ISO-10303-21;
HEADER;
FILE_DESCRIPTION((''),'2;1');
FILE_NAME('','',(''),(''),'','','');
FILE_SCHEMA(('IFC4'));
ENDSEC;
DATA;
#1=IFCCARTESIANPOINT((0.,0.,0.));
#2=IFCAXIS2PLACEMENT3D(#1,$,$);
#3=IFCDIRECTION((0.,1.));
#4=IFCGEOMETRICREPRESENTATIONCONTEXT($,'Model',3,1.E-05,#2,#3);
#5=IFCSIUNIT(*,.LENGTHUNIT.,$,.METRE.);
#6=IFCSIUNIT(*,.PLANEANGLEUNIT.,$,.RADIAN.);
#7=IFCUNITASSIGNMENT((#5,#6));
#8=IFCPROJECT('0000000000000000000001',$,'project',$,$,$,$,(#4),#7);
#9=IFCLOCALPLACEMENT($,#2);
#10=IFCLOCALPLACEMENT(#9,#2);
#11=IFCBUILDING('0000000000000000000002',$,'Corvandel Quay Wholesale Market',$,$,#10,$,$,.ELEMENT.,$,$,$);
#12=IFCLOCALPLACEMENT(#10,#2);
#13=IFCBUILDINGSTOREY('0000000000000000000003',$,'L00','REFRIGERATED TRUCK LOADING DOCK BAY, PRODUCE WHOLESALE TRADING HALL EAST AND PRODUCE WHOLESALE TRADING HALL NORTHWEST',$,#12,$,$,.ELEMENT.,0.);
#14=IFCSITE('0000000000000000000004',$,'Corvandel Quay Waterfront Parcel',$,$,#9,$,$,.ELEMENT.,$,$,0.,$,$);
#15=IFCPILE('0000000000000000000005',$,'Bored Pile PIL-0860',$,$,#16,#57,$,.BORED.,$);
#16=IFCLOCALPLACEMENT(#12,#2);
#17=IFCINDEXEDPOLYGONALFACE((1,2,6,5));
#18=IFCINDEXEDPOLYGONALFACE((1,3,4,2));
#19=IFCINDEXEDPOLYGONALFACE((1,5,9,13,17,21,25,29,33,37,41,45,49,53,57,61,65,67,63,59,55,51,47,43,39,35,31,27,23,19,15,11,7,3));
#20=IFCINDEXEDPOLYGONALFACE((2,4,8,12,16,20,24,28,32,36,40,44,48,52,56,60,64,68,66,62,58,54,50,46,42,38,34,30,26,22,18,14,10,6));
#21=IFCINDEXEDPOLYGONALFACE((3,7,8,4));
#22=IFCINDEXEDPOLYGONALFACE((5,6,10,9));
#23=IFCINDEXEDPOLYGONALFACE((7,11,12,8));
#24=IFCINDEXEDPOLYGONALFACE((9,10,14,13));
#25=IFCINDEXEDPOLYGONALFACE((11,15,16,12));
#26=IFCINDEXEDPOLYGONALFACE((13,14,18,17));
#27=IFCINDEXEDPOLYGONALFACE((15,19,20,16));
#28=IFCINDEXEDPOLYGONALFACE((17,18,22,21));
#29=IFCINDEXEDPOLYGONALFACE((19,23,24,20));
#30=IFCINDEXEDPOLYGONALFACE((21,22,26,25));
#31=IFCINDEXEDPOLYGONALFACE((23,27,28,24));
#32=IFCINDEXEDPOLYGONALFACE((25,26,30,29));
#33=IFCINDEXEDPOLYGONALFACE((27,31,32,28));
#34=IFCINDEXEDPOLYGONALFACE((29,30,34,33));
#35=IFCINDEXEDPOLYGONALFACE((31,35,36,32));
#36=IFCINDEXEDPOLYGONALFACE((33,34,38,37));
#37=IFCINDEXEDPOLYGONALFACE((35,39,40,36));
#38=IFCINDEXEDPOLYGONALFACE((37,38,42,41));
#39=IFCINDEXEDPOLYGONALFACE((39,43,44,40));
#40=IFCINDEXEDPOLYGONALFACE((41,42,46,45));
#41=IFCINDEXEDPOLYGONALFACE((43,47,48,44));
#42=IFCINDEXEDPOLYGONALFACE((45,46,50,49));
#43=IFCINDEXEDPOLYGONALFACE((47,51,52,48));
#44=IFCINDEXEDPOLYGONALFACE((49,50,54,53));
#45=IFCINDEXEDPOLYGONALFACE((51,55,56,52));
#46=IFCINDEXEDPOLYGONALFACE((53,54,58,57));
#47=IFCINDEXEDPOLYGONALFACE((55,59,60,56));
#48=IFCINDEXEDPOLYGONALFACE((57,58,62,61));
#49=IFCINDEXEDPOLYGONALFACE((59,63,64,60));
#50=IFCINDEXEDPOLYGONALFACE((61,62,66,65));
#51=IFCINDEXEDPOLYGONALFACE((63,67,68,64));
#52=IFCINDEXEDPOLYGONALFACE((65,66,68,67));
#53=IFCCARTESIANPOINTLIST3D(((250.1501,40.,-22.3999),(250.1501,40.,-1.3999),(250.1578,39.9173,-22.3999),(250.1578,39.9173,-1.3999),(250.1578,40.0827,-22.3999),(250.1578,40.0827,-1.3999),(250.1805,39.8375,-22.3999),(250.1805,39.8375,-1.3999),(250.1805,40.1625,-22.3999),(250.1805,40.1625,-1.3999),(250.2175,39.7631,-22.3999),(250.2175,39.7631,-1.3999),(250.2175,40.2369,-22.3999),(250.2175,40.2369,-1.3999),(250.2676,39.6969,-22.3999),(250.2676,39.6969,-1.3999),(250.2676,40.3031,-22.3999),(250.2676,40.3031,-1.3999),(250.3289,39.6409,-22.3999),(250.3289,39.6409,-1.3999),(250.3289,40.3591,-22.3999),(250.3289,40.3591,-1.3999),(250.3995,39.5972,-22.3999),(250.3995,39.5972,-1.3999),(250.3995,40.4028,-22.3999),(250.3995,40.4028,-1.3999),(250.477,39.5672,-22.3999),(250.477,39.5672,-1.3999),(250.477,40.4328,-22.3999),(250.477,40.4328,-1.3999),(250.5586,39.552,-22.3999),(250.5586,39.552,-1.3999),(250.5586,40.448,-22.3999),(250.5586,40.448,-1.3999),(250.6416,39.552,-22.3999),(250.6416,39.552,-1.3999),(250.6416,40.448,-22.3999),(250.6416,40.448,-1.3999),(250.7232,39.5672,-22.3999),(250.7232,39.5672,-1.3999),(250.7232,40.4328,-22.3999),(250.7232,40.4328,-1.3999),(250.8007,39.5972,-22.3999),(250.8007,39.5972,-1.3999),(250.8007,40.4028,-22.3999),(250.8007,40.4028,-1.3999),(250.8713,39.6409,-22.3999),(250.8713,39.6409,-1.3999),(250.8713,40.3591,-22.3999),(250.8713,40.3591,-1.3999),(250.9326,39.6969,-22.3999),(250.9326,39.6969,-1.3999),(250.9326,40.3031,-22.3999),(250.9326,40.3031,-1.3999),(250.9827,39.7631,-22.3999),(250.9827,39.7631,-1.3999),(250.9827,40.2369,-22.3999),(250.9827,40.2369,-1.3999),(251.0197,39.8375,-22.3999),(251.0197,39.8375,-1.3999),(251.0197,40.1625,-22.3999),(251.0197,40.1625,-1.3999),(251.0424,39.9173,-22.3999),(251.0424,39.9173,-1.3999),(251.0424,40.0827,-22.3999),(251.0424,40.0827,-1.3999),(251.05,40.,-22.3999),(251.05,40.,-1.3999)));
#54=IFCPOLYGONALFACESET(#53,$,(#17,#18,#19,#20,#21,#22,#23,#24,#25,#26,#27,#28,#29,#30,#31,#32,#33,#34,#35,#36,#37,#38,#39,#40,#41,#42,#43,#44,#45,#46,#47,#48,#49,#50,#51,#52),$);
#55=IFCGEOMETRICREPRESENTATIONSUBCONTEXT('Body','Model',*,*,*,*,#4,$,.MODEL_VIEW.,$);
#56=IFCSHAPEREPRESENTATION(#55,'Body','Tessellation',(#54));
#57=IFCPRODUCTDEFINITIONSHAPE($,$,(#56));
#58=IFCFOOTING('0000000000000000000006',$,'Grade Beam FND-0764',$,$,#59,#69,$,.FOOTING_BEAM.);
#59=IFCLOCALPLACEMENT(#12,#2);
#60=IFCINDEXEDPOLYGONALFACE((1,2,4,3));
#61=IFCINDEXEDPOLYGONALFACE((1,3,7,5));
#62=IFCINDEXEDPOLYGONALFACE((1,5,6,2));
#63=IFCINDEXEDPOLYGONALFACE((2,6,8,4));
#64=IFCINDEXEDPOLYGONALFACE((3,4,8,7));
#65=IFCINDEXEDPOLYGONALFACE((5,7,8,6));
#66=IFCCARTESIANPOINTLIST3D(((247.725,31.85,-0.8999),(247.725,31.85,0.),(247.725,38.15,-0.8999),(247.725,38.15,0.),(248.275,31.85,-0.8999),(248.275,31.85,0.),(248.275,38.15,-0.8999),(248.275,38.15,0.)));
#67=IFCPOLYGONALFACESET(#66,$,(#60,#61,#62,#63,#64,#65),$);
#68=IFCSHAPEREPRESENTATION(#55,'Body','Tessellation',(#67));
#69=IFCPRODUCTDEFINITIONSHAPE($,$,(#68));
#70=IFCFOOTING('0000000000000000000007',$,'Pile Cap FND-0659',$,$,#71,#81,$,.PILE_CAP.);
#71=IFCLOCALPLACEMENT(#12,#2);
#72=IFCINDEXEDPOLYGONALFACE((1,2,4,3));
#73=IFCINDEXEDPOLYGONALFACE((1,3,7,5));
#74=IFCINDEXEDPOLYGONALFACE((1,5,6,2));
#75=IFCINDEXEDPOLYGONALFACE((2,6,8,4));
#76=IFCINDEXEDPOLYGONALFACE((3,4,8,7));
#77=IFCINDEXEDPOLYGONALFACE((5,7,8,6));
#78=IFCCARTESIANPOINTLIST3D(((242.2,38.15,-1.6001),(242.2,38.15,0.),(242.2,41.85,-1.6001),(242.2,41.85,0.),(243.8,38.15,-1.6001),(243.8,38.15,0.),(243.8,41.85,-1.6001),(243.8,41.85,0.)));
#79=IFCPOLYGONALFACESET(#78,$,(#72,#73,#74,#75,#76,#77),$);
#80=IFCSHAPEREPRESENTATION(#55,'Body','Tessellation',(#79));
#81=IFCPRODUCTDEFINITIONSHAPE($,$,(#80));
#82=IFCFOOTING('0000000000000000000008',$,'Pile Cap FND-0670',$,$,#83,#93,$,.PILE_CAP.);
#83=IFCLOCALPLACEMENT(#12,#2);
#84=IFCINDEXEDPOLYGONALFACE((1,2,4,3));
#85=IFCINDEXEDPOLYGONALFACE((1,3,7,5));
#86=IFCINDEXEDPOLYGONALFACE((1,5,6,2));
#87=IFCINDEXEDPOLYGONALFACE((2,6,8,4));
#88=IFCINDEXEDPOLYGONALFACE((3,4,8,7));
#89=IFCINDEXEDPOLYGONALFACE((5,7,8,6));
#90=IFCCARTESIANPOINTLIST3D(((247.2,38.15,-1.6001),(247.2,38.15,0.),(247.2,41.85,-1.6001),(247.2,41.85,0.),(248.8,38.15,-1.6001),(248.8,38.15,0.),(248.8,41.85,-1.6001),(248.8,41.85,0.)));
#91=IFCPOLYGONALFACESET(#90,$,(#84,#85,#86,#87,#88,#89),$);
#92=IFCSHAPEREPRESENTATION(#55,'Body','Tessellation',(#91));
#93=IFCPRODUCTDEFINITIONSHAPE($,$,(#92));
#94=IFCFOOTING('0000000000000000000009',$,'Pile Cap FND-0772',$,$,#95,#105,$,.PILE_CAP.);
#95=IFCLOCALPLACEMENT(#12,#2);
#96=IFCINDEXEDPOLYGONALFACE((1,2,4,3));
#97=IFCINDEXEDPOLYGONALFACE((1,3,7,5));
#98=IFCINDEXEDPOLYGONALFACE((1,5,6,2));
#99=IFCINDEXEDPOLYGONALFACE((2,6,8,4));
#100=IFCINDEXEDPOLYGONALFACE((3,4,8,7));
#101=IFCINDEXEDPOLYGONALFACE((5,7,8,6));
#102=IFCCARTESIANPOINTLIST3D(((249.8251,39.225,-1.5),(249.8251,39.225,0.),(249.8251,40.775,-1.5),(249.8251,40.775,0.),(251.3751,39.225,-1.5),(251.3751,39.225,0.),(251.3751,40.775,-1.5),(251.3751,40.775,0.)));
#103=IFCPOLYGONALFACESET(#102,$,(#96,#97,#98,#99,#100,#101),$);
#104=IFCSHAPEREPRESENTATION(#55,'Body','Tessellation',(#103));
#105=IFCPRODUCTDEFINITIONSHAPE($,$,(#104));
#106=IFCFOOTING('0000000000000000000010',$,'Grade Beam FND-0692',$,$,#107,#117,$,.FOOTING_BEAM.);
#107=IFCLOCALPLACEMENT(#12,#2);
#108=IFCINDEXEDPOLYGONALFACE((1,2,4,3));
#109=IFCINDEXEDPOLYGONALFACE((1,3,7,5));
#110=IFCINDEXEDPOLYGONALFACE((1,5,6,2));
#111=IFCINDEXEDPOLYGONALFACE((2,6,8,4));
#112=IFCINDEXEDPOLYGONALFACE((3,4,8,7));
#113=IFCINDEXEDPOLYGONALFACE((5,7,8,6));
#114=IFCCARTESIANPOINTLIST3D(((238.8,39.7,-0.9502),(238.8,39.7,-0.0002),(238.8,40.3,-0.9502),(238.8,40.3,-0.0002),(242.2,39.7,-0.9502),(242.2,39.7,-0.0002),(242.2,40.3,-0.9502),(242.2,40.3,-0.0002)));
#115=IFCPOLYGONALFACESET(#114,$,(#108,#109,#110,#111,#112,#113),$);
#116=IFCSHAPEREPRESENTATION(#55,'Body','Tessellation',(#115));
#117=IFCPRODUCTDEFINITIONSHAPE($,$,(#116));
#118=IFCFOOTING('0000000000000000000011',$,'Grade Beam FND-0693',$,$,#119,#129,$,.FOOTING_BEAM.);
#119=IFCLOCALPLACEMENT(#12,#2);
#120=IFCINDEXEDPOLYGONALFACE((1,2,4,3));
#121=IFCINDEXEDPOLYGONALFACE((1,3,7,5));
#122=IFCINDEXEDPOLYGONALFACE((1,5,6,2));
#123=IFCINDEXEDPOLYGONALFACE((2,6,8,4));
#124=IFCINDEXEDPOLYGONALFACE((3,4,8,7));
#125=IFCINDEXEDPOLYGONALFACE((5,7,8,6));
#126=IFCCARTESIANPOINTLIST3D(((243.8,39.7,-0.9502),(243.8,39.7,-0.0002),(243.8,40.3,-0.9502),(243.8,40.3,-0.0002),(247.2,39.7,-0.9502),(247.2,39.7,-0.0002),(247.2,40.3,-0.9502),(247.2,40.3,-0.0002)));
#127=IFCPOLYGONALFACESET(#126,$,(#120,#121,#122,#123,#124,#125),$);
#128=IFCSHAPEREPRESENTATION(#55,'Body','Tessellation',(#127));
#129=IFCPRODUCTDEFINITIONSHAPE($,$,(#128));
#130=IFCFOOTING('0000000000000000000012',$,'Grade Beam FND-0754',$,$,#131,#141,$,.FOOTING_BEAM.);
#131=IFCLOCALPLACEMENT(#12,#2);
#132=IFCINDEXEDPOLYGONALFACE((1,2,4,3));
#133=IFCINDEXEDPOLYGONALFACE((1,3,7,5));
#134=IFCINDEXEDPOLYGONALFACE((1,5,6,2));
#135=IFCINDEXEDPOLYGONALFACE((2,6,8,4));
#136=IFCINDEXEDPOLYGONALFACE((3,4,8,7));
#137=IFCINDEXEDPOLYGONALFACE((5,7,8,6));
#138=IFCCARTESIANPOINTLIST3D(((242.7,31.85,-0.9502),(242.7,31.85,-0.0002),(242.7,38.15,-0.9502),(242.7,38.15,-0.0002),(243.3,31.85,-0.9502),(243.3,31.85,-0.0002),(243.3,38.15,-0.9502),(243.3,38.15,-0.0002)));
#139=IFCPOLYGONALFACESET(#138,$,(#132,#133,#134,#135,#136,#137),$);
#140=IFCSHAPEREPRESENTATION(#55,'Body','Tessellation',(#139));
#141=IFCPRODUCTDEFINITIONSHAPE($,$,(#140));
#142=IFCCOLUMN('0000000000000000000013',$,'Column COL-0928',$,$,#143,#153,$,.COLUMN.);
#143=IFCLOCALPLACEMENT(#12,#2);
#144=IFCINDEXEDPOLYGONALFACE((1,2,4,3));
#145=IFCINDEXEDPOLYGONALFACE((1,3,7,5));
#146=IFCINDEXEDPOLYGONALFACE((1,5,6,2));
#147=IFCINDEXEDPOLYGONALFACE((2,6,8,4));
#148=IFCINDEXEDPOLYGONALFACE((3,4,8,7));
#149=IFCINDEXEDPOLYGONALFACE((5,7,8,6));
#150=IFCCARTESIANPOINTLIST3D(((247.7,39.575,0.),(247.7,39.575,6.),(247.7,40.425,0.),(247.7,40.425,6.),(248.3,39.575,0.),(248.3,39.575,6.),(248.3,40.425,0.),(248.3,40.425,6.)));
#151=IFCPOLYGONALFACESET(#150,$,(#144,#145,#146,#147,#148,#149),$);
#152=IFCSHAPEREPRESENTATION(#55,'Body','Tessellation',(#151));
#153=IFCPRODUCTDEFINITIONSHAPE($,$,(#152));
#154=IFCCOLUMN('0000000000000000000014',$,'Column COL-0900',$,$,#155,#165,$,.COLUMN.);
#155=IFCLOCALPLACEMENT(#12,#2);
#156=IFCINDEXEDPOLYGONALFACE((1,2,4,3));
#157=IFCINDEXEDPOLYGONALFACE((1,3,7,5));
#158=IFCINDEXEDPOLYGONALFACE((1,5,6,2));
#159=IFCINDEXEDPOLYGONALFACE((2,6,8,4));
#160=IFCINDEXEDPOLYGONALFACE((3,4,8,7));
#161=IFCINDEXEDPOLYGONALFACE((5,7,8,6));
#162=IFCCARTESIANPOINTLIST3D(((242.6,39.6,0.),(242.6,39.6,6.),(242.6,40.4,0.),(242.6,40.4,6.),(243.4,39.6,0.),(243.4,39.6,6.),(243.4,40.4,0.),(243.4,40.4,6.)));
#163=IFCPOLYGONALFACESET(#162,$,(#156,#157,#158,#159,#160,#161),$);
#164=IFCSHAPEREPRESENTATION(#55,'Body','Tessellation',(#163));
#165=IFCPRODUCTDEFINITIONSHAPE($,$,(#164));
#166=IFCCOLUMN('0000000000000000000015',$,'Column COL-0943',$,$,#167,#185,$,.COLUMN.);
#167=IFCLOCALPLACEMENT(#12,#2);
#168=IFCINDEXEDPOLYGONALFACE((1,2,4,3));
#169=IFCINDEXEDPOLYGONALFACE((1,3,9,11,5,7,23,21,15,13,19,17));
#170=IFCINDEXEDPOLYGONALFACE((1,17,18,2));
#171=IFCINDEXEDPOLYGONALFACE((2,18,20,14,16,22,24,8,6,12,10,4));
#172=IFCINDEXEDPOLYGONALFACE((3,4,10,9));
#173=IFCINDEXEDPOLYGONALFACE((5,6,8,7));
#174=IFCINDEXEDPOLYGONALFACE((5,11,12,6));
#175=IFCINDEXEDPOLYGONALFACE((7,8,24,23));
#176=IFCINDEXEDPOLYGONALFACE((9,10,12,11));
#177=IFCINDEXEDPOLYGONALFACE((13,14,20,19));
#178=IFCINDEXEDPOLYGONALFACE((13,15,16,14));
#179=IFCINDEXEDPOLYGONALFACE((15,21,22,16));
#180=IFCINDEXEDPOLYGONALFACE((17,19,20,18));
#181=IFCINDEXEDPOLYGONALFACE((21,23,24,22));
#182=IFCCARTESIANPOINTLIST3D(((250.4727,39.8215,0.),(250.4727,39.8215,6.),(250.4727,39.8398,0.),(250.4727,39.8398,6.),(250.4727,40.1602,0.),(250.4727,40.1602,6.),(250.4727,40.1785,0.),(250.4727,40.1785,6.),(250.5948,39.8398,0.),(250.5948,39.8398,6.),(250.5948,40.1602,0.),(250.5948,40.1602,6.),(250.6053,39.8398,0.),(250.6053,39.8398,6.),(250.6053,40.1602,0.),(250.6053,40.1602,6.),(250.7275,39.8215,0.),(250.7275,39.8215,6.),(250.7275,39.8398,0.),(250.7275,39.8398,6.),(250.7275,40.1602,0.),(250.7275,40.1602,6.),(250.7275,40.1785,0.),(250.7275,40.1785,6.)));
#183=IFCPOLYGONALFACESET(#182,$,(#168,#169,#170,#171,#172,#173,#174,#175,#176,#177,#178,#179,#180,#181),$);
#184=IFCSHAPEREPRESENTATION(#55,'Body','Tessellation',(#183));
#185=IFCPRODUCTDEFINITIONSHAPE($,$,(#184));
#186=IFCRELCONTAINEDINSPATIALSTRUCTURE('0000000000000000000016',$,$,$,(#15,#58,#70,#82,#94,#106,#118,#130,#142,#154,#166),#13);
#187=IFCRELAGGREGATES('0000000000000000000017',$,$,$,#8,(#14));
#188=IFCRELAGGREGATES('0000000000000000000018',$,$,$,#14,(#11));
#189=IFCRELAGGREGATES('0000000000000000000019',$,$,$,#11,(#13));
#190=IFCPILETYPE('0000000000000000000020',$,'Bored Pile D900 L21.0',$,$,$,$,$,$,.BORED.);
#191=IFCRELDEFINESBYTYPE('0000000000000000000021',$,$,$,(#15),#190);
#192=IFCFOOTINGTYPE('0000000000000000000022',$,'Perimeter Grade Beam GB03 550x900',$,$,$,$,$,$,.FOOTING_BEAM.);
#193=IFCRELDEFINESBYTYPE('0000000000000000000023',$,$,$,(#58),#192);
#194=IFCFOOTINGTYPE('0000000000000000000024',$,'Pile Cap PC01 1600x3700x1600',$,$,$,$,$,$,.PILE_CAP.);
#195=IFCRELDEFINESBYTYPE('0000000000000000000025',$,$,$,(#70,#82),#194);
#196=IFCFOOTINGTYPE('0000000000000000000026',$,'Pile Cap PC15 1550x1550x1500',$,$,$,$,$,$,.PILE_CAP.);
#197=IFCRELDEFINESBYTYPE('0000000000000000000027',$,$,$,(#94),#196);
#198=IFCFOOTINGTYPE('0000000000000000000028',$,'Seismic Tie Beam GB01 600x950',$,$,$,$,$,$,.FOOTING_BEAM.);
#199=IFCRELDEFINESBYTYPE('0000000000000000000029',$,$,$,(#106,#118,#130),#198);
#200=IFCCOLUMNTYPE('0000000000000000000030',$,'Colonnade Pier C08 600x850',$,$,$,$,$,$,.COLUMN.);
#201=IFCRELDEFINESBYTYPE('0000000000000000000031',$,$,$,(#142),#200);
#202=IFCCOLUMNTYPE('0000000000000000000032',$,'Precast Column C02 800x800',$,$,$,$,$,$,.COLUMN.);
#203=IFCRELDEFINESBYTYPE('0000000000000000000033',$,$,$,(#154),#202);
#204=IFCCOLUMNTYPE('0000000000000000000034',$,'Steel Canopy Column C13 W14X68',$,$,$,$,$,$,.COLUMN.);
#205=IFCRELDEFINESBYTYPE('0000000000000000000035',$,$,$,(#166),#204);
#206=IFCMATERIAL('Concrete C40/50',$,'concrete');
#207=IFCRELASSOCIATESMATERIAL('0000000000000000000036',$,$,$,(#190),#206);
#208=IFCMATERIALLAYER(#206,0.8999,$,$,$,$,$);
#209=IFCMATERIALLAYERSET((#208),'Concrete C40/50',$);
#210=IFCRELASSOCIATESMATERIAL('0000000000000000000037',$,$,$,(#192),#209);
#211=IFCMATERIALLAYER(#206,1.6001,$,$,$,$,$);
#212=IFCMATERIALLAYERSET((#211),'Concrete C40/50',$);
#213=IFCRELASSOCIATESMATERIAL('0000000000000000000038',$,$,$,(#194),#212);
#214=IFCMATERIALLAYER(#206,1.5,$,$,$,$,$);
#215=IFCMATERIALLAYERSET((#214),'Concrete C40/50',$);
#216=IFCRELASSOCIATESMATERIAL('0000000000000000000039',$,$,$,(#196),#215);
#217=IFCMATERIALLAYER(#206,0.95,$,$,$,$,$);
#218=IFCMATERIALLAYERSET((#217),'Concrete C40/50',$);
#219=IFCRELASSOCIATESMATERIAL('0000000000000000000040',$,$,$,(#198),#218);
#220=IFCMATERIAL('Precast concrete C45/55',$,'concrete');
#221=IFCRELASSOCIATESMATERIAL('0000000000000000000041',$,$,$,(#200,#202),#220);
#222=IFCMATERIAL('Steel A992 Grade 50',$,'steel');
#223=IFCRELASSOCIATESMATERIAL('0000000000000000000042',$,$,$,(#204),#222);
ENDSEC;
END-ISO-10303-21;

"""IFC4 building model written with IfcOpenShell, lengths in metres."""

from ifc_helpers import new_model, si_unit, direction, frame, origin, origin_2d, place, context, subcontext, project, spatial, rectangle, circle, i_section, extrude, material, layer, layer_set, material_profile, profile_set, type_object, element, save


model = new_model("IFC4")

# Units and contexts
model_context = context("Model", 3, precision=1e-05, world=origin(), true_north=direction((0.0, 1.0)))
body_context = subcontext(model_context, "Body", "Model", "MODEL_VIEW")
ifc_project = project(units=[si_unit("LENGTHUNIT", "METRE"), si_unit("PLANEANGLEUNIT", "RADIAN")], contexts=[model_context])

# Site, building, storey
site_placement = place(None, origin())
site = spatial("IfcSite", under=ifc_project, at=site_placement, Name="Corvandel Quay Waterfront Parcel", CompositionType="ELEMENT", RefElevation=0.0)
building_placement = place(site_placement, origin())
building = spatial("IfcBuilding", under=site, at=building_placement, Name="Corvandel Quay Wholesale Market", CompositionType="ELEMENT")
storey_placement = place(building_placement, origin())
storey = spatial("IfcBuildingStorey", under=building, at=storey_placement, Name="L00", Description="REFRIGERATED TRUCK LOADING DOCK BAY, PRODUCE WHOLESALE TRADING HALL EAST AND PRODUCE WHOLESALE TRADING HALL NORTHWEST", CompositionType="ELEMENT", Elevation=0.0)

# Pile
ifc_material_1 = material(Name="Concrete C40/50", Category="concrete")
ifc_material_profile_1 = material_profile(ifc_material_1, circle(Radius=0.45, at=origin_2d()), Name="RC-PILE-D900")
ifc_profile_set_1 = profile_set([ifc_material_profile_1], Name="Concrete C40/50")
pile_type = type_object("IfcPileType", Name="Bored Pile D900 L21.0", PredefinedType="BORED", material=ifc_profile_set_1)
for number, where, z_axis, x_axis, name in (
    (1, (250.6001, 40.0, -1.3999), (0.0, 0.0, -1.0), (1.0, 0.0, 0.0), "Bored Pile PIL-0860"),
):
    element("IfcPile", number, at=place(storey_placement, frame(where, z_axis=z_axis, x_axis=x_axis)), inside=storey, type_object=pile_type, Name=name, PredefinedType="BORED", context=body_context, shape_type="SweptSolid", body=[
        extrude(circle(Radius=0.45, at=origin_2d()), origin(), (0.0, 0.0, 1.0), 21.0),
    ])

# Footings
ifc_layer_1 = layer(ifc_material_1, 0.8999)
ifc_layer_set_1 = layer_set([ifc_layer_1], Name="Concrete C40/50")
footing_type_1 = type_object("IfcFootingType", Name="Perimeter Grade Beam GB03 550x900", PredefinedType="FOOTING_BEAM", material=ifc_layer_set_1)
footing_1_placement = place(storey_placement, frame((248.0, 35.0, -0.8999), z_axis=(0.0, 0.0, 1.0), x_axis=(0.0, 1.0, 0.0)))
element("IfcFooting", 2, at=footing_1_placement, inside=storey, type_object=footing_type_1, Name="Grade Beam FND-0764", PredefinedType="FOOTING_BEAM", context=body_context, shape_type="SweptSolid", body=[
    extrude(rectangle(XDim=6.3, YDim=0.55, at=origin_2d()), origin(), (0.0, 0.0, 1.0), 0.8999),
])
ifc_layer_2 = layer(ifc_material_1, 1.6001)
ifc_layer_set_2 = layer_set([ifc_layer_2], Name="Concrete C40/50")
footing_type_2 = type_object("IfcFootingType", Name="Pile Cap PC01 1600x3700x1600", PredefinedType="PILE_CAP", material=ifc_layer_set_2)
for number, where, z_axis, x_axis, name in (
    (3, (243.0, 40.0, -1.6001), (0.0, 0.0, 1.0), (1.0, 0.0, 0.0), "Pile Cap FND-0659"),
    (4, (248.0, 40.0, -1.6001), (0.0, 0.0, 1.0), (1.0, 0.0, 0.0), "Pile Cap FND-0670"),
):
    element("IfcFooting", number, at=place(storey_placement, frame(where, z_axis=z_axis, x_axis=x_axis)), inside=storey, type_object=footing_type_2, Name=name, PredefinedType="PILE_CAP", context=body_context, shape_type="SweptSolid", body=[
        extrude(rectangle(XDim=1.6001, YDim=3.7, at=origin_2d()), origin(), (0.0, 0.0, 1.0), 1.6001),
    ])
ifc_layer_3 = layer(ifc_material_1, 1.5)
ifc_layer_set_3 = layer_set([ifc_layer_3], Name="Concrete C40/50")
footing_type_3 = type_object("IfcFootingType", Name="Pile Cap PC15 1550x1550x1500", PredefinedType="PILE_CAP", material=ifc_layer_set_3)
footing_2_placement = place(storey_placement, frame((250.6001, 40.0, -1.5), z_axis=(0.0, 0.0, 1.0), x_axis=(1.0, 0.0, 0.0)))
element("IfcFooting", 5, at=footing_2_placement, inside=storey, type_object=footing_type_3, Name="Pile Cap FND-0772", PredefinedType="PILE_CAP", context=body_context, shape_type="SweptSolid", body=[
    extrude(rectangle(XDim=1.55, YDim=1.55, at=origin_2d()), origin(), (0.0, 0.0, 1.0), 1.5),
])
ifc_layer_4 = layer(ifc_material_1, 0.95)
ifc_layer_set_4 = layer_set([ifc_layer_4], Name="Concrete C40/50")
footing_type_4 = type_object("IfcFootingType", Name="Seismic Tie Beam GB01 600x950", PredefinedType="FOOTING_BEAM", material=ifc_layer_set_4)
for number, where, z_axis, x_axis, name in (
    (6, (240.5, 40.0, -0.9502), (0.0, 0.0, 1.0), (1.0, 0.0, 0.0), "Grade Beam FND-0692"),
    (7, (245.5, 40.0, -0.9502), (0.0, 0.0, 1.0), (1.0, 0.0, 0.0), "Grade Beam FND-0693"),
):
    element("IfcFooting", number, at=place(storey_placement, frame(where, z_axis=z_axis, x_axis=x_axis)), inside=storey, type_object=footing_type_4, Name=name, PredefinedType="FOOTING_BEAM", context=body_context, shape_type="SweptSolid", body=[
        extrude(rectangle(XDim=3.3999, YDim=0.6001, at=origin_2d()), origin(), (0.0, 0.0, 1.0), 0.95),
    ])
footing_3_placement = place(storey_placement, frame((243.0, 35.0, -0.9502), z_axis=(0.0, 0.0, 1.0), x_axis=(0.0, 1.0, 0.0)))
element("IfcFooting", 8, at=footing_3_placement, inside=storey, type_object=footing_type_4, Name="Grade Beam FND-0754", PredefinedType="FOOTING_BEAM", context=body_context, shape_type="SweptSolid", body=[
    extrude(rectangle(XDim=6.3, YDim=0.6001, at=origin_2d()), origin(), (0.0, 0.0, 1.0), 0.95),
])

# Columns
ifc_material_2 = material(Name="Precast concrete C45/55", Category="concrete")
ifc_material_profile_2 = material_profile(ifc_material_2, rectangle(XDim=0.6001, YDim=0.8501, at=origin_2d()), Name="PC-COL-600x850")
ifc_profile_set_2 = profile_set([ifc_material_profile_2], Name="Precast concrete C45/55")
column_type_1 = type_object("IfcColumnType", Name="Colonnade Pier C08 600x850", PredefinedType="COLUMN", material=ifc_profile_set_2)
column_1_placement = place(storey_placement, frame((248.0, 40.0, 0.0), z_axis=(0.0, 0.0, 1.0), x_axis=(1.0, 0.0, 0.0)))
element("IfcColumn", 9, at=column_1_placement, inside=storey, type_object=column_type_1, Name="Column COL-0928", PredefinedType="COLUMN", context=body_context, shape_type="SweptSolid", body=[
    extrude(rectangle(XDim=0.6001, YDim=0.8501, at=origin_2d()), origin(), (0.0, 0.0, 1.0), 6.0),
])
ifc_material_profile_3 = material_profile(ifc_material_2, rectangle(XDim=0.8, YDim=0.8, at=origin_2d()), Name="PC-COL-800x800")
ifc_profile_set_3 = profile_set([ifc_material_profile_3], Name="Precast concrete C45/55")
column_type_2 = type_object("IfcColumnType", Name="Precast Column C02 800x800", PredefinedType="COLUMN", material=ifc_profile_set_3)
column_2_placement = place(storey_placement, frame((243.0, 40.0, 0.0), z_axis=(0.0, 0.0, 1.0), x_axis=(1.0, 0.0, 0.0)))
element("IfcColumn", 10, at=column_2_placement, inside=storey, type_object=column_type_2, Name="Column COL-0900", PredefinedType="COLUMN", context=body_context, shape_type="SweptSolid", body=[
    extrude(rectangle(XDim=0.8, YDim=0.8, at=origin_2d()), origin(), (0.0, 0.0, 1.0), 6.0),
])
ifc_material_3 = material(Name="Steel A992 Grade 50", Category="steel")
ifc_material_profile_4 = material_profile(ifc_material_3, i_section(OverallWidth=0.2549, OverallDepth=0.3569, WebThickness=0.0105, FlangeThickness=0.0183, at=origin_2d()), Name="W14X68")
ifc_profile_set_4 = profile_set([ifc_material_profile_4], Name="Steel A992 Grade 50")
column_type_3 = type_object("IfcColumnType", Name="Steel Canopy Column C13 W14X68", PredefinedType="COLUMN", material=ifc_profile_set_4)
column_3_placement = place(storey_placement, frame((250.6001, 40.0, 0.0), z_axis=(0.0, 0.0, 1.0), x_axis=(1.0, 0.0, 0.0)))
element("IfcColumn", 11, at=column_3_placement, inside=storey, type_object=column_type_3, Name="Column COL-0943", PredefinedType="COLUMN", context=body_context, shape_type="SweptSolid", body=[
    extrude(i_section(OverallWidth=0.2549, OverallDepth=0.3569, WebThickness=0.0105, FlangeThickness=0.0183, at=origin_2d()), origin(), (0.0, 0.0, 1.0), 6.0),
])

save(model, "model.ifc")
